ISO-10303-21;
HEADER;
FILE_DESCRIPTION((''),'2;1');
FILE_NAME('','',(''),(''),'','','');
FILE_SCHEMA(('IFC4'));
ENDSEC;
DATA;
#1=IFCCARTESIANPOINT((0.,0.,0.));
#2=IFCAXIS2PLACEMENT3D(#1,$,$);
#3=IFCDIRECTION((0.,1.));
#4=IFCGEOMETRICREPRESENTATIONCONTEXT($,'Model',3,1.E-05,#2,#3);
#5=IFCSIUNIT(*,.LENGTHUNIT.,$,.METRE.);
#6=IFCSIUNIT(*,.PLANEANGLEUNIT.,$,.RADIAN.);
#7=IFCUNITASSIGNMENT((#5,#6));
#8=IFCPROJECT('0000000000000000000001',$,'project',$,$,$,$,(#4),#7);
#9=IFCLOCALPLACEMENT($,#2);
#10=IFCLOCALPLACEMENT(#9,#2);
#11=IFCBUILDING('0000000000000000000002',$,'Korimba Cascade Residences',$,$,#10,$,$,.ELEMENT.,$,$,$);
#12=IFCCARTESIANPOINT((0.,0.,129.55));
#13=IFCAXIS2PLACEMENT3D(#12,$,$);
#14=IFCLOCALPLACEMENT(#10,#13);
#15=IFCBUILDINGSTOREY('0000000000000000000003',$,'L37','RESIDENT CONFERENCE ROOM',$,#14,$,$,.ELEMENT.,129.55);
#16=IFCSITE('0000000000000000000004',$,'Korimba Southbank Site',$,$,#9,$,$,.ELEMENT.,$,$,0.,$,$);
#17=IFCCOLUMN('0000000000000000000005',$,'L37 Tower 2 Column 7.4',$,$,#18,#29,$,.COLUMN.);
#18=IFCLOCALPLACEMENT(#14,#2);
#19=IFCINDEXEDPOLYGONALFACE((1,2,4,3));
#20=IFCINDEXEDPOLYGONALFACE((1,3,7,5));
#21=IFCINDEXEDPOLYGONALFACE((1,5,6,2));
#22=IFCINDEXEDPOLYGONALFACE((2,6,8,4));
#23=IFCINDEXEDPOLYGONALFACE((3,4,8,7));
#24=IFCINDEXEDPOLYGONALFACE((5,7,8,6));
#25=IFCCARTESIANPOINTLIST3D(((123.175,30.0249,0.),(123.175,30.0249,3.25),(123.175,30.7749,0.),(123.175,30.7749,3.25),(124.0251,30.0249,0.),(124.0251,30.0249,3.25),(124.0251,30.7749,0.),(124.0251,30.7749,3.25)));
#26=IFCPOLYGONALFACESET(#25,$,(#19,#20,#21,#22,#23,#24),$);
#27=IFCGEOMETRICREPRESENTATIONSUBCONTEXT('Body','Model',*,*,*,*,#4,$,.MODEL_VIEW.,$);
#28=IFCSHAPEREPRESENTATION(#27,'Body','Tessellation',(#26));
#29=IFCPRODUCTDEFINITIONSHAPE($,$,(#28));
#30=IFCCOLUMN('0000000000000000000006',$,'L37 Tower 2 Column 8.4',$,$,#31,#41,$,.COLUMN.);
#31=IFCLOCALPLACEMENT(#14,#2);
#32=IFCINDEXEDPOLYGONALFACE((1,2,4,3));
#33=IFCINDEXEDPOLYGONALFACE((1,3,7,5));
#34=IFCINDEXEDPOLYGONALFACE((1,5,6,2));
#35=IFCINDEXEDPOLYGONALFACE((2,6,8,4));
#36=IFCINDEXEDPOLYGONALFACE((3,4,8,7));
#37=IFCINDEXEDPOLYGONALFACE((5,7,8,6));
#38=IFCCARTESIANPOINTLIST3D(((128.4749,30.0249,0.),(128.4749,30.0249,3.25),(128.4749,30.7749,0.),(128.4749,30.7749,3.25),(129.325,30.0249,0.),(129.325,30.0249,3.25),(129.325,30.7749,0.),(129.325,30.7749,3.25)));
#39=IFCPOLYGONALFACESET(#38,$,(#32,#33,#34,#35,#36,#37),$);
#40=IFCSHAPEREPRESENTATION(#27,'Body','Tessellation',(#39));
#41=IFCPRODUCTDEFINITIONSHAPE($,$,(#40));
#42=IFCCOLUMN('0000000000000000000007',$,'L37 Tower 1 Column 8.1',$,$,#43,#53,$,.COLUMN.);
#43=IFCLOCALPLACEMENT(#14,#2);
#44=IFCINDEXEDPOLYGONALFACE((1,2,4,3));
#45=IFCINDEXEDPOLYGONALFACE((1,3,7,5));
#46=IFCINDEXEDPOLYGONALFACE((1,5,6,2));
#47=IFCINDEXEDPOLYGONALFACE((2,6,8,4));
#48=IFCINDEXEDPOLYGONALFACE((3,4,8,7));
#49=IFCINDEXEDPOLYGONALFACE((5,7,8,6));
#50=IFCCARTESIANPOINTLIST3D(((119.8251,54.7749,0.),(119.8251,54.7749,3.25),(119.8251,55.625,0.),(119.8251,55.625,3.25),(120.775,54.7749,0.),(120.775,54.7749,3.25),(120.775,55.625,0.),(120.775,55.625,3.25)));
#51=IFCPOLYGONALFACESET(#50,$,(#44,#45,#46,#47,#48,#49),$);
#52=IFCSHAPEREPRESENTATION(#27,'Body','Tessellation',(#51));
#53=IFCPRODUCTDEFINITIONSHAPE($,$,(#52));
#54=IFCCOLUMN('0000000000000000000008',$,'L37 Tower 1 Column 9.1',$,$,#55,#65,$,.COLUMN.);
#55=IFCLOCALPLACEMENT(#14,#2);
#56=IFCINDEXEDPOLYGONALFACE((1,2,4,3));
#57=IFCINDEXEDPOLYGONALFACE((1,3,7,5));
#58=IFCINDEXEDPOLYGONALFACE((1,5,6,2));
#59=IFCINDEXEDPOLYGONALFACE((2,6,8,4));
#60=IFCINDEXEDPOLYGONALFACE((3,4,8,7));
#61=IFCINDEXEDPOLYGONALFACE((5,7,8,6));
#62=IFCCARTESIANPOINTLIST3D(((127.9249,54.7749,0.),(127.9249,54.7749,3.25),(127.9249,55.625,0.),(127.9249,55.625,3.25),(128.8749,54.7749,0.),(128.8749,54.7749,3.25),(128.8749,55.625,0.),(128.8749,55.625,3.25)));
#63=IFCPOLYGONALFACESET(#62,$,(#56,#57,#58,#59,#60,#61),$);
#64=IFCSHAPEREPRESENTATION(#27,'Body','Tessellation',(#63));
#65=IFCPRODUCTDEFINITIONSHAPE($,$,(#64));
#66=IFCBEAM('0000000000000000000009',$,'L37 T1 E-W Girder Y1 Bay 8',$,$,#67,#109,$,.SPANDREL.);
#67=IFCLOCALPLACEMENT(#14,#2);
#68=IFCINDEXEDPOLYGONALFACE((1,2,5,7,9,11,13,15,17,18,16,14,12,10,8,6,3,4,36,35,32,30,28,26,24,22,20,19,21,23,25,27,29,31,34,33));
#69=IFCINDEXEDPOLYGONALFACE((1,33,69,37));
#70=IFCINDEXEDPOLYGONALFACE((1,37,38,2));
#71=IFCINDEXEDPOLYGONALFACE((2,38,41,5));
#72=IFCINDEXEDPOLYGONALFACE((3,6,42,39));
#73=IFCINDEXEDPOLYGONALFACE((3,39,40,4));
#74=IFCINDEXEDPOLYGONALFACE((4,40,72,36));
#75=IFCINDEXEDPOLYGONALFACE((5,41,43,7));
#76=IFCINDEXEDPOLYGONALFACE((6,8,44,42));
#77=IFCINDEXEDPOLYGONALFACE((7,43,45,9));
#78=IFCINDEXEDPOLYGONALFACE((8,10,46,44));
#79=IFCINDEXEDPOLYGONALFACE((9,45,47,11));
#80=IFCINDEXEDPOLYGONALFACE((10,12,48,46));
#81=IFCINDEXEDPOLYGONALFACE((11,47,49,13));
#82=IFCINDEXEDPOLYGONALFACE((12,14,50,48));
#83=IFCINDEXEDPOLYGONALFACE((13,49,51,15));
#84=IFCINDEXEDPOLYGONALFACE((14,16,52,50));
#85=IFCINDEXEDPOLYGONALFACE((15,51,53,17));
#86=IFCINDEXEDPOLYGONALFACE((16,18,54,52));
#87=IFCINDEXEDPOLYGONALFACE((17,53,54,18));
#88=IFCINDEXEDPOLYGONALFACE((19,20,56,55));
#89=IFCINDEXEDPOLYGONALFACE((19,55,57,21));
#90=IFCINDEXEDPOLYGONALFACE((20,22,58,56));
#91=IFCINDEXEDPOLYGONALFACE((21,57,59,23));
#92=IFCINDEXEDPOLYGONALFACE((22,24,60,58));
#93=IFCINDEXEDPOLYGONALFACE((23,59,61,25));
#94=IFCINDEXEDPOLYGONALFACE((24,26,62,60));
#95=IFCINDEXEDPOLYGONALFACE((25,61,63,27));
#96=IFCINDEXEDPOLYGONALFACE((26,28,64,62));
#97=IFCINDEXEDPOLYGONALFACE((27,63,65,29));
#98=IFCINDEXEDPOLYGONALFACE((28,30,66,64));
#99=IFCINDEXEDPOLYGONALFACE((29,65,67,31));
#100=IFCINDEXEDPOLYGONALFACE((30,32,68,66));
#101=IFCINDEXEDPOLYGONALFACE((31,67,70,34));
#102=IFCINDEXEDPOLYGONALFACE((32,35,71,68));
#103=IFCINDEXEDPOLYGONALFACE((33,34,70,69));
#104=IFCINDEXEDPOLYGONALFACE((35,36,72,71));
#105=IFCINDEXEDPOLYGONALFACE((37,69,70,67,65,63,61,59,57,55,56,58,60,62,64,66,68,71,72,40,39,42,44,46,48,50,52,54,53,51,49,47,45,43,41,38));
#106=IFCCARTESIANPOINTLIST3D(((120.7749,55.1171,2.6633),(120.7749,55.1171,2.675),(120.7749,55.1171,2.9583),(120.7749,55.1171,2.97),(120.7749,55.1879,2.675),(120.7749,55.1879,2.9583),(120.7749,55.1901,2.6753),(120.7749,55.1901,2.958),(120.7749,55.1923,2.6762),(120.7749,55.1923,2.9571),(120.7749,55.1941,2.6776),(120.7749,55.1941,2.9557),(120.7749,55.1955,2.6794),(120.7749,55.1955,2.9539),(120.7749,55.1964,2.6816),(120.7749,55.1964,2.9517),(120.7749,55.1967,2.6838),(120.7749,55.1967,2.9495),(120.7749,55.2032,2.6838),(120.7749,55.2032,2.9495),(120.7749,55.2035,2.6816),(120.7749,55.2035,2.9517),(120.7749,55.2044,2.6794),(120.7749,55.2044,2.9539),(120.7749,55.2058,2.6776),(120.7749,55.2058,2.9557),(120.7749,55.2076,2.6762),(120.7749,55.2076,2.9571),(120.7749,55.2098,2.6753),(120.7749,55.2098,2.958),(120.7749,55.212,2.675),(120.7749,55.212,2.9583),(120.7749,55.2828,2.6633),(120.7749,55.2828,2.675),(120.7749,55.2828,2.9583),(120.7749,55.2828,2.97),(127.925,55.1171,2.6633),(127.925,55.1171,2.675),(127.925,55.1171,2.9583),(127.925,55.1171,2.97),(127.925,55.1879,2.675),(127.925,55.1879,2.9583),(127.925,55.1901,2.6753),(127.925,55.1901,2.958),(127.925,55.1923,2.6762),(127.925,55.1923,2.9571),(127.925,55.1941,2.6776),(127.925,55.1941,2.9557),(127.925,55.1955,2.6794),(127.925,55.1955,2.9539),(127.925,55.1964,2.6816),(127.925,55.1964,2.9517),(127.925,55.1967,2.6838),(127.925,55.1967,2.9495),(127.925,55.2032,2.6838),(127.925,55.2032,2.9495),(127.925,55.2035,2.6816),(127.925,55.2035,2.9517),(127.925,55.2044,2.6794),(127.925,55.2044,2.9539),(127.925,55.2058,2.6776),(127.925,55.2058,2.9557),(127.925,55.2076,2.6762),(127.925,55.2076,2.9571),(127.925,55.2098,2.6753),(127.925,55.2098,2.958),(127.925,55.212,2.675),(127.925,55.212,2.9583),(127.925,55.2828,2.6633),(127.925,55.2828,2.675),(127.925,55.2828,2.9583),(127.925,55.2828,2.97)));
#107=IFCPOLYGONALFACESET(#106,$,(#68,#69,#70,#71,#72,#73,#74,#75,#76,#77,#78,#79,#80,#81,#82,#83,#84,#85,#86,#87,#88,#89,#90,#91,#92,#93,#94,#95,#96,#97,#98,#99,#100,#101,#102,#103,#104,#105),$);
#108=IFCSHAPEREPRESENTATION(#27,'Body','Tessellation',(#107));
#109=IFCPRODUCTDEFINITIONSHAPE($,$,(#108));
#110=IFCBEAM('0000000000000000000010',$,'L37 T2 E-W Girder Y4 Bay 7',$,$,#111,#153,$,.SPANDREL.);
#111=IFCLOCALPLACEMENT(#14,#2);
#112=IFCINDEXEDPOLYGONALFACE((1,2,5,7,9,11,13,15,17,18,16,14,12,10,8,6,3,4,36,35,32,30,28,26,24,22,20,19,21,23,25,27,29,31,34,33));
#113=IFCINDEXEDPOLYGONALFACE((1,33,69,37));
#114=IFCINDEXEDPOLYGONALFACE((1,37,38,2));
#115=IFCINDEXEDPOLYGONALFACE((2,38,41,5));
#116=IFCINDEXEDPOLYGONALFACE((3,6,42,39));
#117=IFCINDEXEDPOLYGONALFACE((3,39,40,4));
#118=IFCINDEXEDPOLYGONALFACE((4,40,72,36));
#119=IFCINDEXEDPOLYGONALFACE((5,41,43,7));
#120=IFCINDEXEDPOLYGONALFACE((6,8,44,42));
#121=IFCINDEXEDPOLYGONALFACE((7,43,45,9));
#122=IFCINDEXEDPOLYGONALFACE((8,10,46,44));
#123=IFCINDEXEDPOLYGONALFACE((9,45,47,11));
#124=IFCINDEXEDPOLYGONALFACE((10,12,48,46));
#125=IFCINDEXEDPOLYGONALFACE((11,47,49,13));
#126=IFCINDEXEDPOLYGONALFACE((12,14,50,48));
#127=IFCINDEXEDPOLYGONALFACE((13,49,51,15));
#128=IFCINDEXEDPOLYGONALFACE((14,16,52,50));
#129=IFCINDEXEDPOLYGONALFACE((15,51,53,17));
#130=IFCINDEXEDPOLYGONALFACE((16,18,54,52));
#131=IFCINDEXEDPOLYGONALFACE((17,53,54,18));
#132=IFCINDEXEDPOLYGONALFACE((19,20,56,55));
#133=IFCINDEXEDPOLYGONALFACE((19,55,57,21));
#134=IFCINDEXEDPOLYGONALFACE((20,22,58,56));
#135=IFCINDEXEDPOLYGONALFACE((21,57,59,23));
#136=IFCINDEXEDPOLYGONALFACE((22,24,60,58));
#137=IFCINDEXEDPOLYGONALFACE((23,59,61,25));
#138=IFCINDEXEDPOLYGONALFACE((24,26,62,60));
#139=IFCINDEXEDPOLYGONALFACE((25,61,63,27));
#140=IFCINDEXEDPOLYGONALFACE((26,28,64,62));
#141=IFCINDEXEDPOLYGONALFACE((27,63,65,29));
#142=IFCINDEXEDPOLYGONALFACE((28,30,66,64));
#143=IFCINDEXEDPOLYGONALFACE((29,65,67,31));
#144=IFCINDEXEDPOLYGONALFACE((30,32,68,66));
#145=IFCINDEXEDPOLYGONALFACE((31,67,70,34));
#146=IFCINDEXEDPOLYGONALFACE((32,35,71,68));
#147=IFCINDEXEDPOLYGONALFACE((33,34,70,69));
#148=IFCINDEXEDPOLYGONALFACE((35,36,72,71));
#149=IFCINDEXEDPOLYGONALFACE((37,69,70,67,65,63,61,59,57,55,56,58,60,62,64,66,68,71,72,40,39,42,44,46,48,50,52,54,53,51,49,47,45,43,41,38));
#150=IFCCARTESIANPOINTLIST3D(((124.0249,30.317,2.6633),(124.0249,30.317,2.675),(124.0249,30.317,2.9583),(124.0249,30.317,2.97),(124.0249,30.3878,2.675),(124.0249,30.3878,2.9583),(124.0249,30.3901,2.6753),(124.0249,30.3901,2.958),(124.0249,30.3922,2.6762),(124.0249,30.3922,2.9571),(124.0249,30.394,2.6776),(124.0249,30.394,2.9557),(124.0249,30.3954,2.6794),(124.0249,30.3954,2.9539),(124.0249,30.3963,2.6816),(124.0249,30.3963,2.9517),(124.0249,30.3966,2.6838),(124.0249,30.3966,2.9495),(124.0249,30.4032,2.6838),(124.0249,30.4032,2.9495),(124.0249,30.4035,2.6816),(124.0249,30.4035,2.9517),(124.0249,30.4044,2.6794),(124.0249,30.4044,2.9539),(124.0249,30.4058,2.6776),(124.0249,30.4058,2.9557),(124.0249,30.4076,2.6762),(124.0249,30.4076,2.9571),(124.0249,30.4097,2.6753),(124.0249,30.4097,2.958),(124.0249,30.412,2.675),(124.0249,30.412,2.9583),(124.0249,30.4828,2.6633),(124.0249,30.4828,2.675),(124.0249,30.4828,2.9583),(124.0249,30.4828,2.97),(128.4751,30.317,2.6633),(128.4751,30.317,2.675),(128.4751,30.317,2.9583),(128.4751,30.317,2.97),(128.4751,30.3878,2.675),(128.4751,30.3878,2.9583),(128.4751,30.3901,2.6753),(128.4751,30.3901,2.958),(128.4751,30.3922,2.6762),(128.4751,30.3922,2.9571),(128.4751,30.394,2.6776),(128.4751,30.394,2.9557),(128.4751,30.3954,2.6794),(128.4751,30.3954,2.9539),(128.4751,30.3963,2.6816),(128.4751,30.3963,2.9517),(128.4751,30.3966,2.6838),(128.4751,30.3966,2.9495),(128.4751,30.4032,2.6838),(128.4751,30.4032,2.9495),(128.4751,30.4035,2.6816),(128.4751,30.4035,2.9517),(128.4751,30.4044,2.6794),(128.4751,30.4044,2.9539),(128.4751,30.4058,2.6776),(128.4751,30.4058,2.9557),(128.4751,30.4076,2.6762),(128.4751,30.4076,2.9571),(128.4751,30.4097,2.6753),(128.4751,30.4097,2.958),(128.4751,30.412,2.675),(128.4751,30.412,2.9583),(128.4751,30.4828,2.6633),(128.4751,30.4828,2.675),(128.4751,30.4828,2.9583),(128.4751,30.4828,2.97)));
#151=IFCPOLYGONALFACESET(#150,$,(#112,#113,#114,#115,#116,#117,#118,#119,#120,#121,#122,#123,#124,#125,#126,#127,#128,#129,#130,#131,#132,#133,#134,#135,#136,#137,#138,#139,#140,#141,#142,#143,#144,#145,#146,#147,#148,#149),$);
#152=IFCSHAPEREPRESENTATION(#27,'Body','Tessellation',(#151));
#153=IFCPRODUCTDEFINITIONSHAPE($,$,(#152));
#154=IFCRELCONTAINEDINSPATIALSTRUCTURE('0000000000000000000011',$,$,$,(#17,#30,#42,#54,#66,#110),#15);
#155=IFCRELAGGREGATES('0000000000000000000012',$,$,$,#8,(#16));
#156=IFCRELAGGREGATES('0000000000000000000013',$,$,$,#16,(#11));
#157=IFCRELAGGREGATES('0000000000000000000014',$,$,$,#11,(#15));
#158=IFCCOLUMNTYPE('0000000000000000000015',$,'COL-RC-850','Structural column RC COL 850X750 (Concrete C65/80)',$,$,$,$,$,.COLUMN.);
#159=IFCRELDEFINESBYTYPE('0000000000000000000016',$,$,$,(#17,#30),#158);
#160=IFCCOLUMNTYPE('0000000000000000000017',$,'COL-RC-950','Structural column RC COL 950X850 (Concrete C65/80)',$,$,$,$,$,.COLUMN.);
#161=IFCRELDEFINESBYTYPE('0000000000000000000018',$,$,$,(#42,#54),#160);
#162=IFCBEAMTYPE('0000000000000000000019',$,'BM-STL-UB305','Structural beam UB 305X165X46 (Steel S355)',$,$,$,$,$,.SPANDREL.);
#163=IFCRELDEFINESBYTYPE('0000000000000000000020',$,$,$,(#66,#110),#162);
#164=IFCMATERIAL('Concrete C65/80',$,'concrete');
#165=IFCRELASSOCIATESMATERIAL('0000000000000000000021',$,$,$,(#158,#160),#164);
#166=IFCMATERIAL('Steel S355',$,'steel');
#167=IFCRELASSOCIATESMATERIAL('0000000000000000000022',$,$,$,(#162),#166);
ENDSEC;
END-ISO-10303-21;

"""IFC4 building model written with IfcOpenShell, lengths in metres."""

from ifc_helpers import new_model, si_unit, direction, frame, origin, origin_2d, place, context, subcontext, project, spatial, rectangle, i_section, extrude, material, material_profile, profile_set, type_object, element, save


model = new_model("IFC4")

# Units and contexts
model_context = context("Model", 3, precision=1e-05, world=origin(), true_north=direction((0.0, 1.0)))
body_context = subcontext(model_context, "Body", "Model", "MODEL_VIEW")
ifc_project = project(units=[si_unit("LENGTHUNIT", "METRE"), si_unit("PLANEANGLEUNIT", "RADIAN")], contexts=[model_context])

# Site, building, storey
site_placement = place(None, origin())
site = spatial("IfcSite", under=ifc_project, at=site_placement, Name="Korimba Southbank Site", CompositionType="ELEMENT", RefElevation=0.0)
building_placement = place(site_placement, origin())
building = spatial("IfcBuilding", under=site, at=building_placement, Name="Korimba Cascade Residences", CompositionType="ELEMENT")
storey_placement = place(building_placement, frame((0.0, 0.0, 129.55)))
storey = spatial("IfcBuildingStorey", under=building, at=storey_placement, Name="L37", Description="RESIDENT CONFERENCE ROOM", CompositionType="ELEMENT", Elevation=129.55)

# Columns
ifc_material_1 = material(Name="Concrete C65/80", Category="concrete")
ifc_material_profile_1 = material_profile(ifc_material_1, rectangle(XDim=0.8501, YDim=0.75, at=origin_2d()), Name="Concrete C65/80")
ifc_profile_set_1 = profile_set([ifc_material_profile_1], Name="Concrete C65/80")
column_type_1 = type_object("IfcColumnType", Name="COL-RC-850", Description="Structural column RC COL 850X750 (Concrete C65/80)", PredefinedType="COLUMN", material=ifc_profile_set_1)
for number, where, z_axis, x_axis, name in (
    (1, (123.6001, 30.3999, 0.0), (0.0, 0.0, 1.0), (1.0, 0.0, 0.0), "L37 Tower 2 Column 7.4"),
    (2, (128.8999, 30.3999, 0.0), (0.0, 0.0, 1.0), (1.0, 0.0, 0.0), "L37 Tower 2 Column 8.4"),
):
    element("IfcColumn", number, at=place(storey_placement, frame(where, z_axis=z_axis, x_axis=x_axis)), inside=storey, type_object=column_type_1, Name=name, PredefinedType="COLUMN", context=body_context, shape_type="SweptSolid", body=[
        extrude(rectangle(XDim=0.8501, YDim=0.75, at=origin_2d()), origin(), (0.0, 0.0, 1.0), 3.25),
    ])
ifc_material_profile_2 = material_profile(ifc_material_1, rectangle(XDim=0.95, YDim=0.8501, at=origin_2d()), Name="Concrete C65/80")
ifc_profile_set_2 = profile_set([ifc_material_profile_2], Name="Concrete C65/80")
column_type_2 = type_object("IfcColumnType", Name="COL-RC-950", Description="Structural column RC COL 950X850 (Concrete C65/80)", PredefinedType="COLUMN", material=ifc_profile_set_2)
for number, where, z_axis, x_axis, name in (
    (3, (120.3, 55.2, 0.0), (0.0, 0.0, 1.0), (1.0, 0.0, 0.0), "L37 Tower 1 Column 8.1"),
    (4, (128.3999, 55.2, 0.0), (0.0, 0.0, 1.0), (1.0, 0.0, 0.0), "L37 Tower 1 Column 9.1"),
):
    element("IfcColumn", number, at=place(storey_placement, frame(where, z_axis=z_axis, x_axis=x_axis)), inside=storey, type_object=column_type_2, Name=name, PredefinedType="COLUMN", context=body_context, shape_type="SweptSolid", body=[
        extrude(rectangle(XDim=0.95, YDim=0.8501, at=origin_2d()), origin(), (0.0, 0.0, 1.0), 3.25),
    ])

# Beams
ifc_material_2 = material(Name="Steel S355", Category="steel")
ifc_material_profile_3 = material_profile(ifc_material_2, i_section(OverallWidth=0.1658, OverallDepth=0.3066, WebThickness=0.0066, FlangeThickness=0.0117, FilletRadius=0.0088, at=origin_2d()), Name="Steel S355")
ifc_profile_set_3 = profile_set([ifc_material_profile_3], Name="Steel S355")
beam_type_1 = type_object("IfcBeamType", Name="BM-STL-UB305", Description="Structural beam UB 305X165X46 (Steel S355)", PredefinedType="SPANDREL", material=ifc_profile_set_3)
beam_1_placement = place(storey_placement, frame((120.7749, 55.2, 2.8167), z_axis=(1.0, 0.0, 0.0), x_axis=(0.0, 1.0, 0.0)))
element("IfcBeam", 5, at=beam_1_placement, inside=storey, type_object=beam_type_1, Name="L37 T1 E-W Girder Y1 Bay 8", PredefinedType="SPANDREL", context=body_context, shape_type="SweptSolid", body=[
    extrude(i_section(OverallWidth=0.1658, OverallDepth=0.3066, WebThickness=0.0066, FlangeThickness=0.0117, FilletRadius=0.0088, at=origin_2d()), origin(), (0.0, 0.0, 1.0), 7.1501),
])
beam_2_placement = place(storey_placement, frame((124.0249, 30.3999, 2.8167), z_axis=(1.0, 0.0, 0.0), x_axis=(0.0, 1.0, 0.0)))
element("IfcBeam", 6, at=beam_2_placement, inside=storey, type_object=beam_type_1, Name="L37 T2 E-W Girder Y4 Bay 7", PredefinedType="SPANDREL", context=body_context, shape_type="SweptSolid", body=[
    extrude(i_section(OverallWidth=0.1658, OverallDepth=0.3066, WebThickness=0.0066, FlangeThickness=0.0117, FilletRadius=0.0088, at=origin_2d()), origin(), (0.0, 0.0, 1.0), 4.4502),
])

save(model, "model.ifc")
